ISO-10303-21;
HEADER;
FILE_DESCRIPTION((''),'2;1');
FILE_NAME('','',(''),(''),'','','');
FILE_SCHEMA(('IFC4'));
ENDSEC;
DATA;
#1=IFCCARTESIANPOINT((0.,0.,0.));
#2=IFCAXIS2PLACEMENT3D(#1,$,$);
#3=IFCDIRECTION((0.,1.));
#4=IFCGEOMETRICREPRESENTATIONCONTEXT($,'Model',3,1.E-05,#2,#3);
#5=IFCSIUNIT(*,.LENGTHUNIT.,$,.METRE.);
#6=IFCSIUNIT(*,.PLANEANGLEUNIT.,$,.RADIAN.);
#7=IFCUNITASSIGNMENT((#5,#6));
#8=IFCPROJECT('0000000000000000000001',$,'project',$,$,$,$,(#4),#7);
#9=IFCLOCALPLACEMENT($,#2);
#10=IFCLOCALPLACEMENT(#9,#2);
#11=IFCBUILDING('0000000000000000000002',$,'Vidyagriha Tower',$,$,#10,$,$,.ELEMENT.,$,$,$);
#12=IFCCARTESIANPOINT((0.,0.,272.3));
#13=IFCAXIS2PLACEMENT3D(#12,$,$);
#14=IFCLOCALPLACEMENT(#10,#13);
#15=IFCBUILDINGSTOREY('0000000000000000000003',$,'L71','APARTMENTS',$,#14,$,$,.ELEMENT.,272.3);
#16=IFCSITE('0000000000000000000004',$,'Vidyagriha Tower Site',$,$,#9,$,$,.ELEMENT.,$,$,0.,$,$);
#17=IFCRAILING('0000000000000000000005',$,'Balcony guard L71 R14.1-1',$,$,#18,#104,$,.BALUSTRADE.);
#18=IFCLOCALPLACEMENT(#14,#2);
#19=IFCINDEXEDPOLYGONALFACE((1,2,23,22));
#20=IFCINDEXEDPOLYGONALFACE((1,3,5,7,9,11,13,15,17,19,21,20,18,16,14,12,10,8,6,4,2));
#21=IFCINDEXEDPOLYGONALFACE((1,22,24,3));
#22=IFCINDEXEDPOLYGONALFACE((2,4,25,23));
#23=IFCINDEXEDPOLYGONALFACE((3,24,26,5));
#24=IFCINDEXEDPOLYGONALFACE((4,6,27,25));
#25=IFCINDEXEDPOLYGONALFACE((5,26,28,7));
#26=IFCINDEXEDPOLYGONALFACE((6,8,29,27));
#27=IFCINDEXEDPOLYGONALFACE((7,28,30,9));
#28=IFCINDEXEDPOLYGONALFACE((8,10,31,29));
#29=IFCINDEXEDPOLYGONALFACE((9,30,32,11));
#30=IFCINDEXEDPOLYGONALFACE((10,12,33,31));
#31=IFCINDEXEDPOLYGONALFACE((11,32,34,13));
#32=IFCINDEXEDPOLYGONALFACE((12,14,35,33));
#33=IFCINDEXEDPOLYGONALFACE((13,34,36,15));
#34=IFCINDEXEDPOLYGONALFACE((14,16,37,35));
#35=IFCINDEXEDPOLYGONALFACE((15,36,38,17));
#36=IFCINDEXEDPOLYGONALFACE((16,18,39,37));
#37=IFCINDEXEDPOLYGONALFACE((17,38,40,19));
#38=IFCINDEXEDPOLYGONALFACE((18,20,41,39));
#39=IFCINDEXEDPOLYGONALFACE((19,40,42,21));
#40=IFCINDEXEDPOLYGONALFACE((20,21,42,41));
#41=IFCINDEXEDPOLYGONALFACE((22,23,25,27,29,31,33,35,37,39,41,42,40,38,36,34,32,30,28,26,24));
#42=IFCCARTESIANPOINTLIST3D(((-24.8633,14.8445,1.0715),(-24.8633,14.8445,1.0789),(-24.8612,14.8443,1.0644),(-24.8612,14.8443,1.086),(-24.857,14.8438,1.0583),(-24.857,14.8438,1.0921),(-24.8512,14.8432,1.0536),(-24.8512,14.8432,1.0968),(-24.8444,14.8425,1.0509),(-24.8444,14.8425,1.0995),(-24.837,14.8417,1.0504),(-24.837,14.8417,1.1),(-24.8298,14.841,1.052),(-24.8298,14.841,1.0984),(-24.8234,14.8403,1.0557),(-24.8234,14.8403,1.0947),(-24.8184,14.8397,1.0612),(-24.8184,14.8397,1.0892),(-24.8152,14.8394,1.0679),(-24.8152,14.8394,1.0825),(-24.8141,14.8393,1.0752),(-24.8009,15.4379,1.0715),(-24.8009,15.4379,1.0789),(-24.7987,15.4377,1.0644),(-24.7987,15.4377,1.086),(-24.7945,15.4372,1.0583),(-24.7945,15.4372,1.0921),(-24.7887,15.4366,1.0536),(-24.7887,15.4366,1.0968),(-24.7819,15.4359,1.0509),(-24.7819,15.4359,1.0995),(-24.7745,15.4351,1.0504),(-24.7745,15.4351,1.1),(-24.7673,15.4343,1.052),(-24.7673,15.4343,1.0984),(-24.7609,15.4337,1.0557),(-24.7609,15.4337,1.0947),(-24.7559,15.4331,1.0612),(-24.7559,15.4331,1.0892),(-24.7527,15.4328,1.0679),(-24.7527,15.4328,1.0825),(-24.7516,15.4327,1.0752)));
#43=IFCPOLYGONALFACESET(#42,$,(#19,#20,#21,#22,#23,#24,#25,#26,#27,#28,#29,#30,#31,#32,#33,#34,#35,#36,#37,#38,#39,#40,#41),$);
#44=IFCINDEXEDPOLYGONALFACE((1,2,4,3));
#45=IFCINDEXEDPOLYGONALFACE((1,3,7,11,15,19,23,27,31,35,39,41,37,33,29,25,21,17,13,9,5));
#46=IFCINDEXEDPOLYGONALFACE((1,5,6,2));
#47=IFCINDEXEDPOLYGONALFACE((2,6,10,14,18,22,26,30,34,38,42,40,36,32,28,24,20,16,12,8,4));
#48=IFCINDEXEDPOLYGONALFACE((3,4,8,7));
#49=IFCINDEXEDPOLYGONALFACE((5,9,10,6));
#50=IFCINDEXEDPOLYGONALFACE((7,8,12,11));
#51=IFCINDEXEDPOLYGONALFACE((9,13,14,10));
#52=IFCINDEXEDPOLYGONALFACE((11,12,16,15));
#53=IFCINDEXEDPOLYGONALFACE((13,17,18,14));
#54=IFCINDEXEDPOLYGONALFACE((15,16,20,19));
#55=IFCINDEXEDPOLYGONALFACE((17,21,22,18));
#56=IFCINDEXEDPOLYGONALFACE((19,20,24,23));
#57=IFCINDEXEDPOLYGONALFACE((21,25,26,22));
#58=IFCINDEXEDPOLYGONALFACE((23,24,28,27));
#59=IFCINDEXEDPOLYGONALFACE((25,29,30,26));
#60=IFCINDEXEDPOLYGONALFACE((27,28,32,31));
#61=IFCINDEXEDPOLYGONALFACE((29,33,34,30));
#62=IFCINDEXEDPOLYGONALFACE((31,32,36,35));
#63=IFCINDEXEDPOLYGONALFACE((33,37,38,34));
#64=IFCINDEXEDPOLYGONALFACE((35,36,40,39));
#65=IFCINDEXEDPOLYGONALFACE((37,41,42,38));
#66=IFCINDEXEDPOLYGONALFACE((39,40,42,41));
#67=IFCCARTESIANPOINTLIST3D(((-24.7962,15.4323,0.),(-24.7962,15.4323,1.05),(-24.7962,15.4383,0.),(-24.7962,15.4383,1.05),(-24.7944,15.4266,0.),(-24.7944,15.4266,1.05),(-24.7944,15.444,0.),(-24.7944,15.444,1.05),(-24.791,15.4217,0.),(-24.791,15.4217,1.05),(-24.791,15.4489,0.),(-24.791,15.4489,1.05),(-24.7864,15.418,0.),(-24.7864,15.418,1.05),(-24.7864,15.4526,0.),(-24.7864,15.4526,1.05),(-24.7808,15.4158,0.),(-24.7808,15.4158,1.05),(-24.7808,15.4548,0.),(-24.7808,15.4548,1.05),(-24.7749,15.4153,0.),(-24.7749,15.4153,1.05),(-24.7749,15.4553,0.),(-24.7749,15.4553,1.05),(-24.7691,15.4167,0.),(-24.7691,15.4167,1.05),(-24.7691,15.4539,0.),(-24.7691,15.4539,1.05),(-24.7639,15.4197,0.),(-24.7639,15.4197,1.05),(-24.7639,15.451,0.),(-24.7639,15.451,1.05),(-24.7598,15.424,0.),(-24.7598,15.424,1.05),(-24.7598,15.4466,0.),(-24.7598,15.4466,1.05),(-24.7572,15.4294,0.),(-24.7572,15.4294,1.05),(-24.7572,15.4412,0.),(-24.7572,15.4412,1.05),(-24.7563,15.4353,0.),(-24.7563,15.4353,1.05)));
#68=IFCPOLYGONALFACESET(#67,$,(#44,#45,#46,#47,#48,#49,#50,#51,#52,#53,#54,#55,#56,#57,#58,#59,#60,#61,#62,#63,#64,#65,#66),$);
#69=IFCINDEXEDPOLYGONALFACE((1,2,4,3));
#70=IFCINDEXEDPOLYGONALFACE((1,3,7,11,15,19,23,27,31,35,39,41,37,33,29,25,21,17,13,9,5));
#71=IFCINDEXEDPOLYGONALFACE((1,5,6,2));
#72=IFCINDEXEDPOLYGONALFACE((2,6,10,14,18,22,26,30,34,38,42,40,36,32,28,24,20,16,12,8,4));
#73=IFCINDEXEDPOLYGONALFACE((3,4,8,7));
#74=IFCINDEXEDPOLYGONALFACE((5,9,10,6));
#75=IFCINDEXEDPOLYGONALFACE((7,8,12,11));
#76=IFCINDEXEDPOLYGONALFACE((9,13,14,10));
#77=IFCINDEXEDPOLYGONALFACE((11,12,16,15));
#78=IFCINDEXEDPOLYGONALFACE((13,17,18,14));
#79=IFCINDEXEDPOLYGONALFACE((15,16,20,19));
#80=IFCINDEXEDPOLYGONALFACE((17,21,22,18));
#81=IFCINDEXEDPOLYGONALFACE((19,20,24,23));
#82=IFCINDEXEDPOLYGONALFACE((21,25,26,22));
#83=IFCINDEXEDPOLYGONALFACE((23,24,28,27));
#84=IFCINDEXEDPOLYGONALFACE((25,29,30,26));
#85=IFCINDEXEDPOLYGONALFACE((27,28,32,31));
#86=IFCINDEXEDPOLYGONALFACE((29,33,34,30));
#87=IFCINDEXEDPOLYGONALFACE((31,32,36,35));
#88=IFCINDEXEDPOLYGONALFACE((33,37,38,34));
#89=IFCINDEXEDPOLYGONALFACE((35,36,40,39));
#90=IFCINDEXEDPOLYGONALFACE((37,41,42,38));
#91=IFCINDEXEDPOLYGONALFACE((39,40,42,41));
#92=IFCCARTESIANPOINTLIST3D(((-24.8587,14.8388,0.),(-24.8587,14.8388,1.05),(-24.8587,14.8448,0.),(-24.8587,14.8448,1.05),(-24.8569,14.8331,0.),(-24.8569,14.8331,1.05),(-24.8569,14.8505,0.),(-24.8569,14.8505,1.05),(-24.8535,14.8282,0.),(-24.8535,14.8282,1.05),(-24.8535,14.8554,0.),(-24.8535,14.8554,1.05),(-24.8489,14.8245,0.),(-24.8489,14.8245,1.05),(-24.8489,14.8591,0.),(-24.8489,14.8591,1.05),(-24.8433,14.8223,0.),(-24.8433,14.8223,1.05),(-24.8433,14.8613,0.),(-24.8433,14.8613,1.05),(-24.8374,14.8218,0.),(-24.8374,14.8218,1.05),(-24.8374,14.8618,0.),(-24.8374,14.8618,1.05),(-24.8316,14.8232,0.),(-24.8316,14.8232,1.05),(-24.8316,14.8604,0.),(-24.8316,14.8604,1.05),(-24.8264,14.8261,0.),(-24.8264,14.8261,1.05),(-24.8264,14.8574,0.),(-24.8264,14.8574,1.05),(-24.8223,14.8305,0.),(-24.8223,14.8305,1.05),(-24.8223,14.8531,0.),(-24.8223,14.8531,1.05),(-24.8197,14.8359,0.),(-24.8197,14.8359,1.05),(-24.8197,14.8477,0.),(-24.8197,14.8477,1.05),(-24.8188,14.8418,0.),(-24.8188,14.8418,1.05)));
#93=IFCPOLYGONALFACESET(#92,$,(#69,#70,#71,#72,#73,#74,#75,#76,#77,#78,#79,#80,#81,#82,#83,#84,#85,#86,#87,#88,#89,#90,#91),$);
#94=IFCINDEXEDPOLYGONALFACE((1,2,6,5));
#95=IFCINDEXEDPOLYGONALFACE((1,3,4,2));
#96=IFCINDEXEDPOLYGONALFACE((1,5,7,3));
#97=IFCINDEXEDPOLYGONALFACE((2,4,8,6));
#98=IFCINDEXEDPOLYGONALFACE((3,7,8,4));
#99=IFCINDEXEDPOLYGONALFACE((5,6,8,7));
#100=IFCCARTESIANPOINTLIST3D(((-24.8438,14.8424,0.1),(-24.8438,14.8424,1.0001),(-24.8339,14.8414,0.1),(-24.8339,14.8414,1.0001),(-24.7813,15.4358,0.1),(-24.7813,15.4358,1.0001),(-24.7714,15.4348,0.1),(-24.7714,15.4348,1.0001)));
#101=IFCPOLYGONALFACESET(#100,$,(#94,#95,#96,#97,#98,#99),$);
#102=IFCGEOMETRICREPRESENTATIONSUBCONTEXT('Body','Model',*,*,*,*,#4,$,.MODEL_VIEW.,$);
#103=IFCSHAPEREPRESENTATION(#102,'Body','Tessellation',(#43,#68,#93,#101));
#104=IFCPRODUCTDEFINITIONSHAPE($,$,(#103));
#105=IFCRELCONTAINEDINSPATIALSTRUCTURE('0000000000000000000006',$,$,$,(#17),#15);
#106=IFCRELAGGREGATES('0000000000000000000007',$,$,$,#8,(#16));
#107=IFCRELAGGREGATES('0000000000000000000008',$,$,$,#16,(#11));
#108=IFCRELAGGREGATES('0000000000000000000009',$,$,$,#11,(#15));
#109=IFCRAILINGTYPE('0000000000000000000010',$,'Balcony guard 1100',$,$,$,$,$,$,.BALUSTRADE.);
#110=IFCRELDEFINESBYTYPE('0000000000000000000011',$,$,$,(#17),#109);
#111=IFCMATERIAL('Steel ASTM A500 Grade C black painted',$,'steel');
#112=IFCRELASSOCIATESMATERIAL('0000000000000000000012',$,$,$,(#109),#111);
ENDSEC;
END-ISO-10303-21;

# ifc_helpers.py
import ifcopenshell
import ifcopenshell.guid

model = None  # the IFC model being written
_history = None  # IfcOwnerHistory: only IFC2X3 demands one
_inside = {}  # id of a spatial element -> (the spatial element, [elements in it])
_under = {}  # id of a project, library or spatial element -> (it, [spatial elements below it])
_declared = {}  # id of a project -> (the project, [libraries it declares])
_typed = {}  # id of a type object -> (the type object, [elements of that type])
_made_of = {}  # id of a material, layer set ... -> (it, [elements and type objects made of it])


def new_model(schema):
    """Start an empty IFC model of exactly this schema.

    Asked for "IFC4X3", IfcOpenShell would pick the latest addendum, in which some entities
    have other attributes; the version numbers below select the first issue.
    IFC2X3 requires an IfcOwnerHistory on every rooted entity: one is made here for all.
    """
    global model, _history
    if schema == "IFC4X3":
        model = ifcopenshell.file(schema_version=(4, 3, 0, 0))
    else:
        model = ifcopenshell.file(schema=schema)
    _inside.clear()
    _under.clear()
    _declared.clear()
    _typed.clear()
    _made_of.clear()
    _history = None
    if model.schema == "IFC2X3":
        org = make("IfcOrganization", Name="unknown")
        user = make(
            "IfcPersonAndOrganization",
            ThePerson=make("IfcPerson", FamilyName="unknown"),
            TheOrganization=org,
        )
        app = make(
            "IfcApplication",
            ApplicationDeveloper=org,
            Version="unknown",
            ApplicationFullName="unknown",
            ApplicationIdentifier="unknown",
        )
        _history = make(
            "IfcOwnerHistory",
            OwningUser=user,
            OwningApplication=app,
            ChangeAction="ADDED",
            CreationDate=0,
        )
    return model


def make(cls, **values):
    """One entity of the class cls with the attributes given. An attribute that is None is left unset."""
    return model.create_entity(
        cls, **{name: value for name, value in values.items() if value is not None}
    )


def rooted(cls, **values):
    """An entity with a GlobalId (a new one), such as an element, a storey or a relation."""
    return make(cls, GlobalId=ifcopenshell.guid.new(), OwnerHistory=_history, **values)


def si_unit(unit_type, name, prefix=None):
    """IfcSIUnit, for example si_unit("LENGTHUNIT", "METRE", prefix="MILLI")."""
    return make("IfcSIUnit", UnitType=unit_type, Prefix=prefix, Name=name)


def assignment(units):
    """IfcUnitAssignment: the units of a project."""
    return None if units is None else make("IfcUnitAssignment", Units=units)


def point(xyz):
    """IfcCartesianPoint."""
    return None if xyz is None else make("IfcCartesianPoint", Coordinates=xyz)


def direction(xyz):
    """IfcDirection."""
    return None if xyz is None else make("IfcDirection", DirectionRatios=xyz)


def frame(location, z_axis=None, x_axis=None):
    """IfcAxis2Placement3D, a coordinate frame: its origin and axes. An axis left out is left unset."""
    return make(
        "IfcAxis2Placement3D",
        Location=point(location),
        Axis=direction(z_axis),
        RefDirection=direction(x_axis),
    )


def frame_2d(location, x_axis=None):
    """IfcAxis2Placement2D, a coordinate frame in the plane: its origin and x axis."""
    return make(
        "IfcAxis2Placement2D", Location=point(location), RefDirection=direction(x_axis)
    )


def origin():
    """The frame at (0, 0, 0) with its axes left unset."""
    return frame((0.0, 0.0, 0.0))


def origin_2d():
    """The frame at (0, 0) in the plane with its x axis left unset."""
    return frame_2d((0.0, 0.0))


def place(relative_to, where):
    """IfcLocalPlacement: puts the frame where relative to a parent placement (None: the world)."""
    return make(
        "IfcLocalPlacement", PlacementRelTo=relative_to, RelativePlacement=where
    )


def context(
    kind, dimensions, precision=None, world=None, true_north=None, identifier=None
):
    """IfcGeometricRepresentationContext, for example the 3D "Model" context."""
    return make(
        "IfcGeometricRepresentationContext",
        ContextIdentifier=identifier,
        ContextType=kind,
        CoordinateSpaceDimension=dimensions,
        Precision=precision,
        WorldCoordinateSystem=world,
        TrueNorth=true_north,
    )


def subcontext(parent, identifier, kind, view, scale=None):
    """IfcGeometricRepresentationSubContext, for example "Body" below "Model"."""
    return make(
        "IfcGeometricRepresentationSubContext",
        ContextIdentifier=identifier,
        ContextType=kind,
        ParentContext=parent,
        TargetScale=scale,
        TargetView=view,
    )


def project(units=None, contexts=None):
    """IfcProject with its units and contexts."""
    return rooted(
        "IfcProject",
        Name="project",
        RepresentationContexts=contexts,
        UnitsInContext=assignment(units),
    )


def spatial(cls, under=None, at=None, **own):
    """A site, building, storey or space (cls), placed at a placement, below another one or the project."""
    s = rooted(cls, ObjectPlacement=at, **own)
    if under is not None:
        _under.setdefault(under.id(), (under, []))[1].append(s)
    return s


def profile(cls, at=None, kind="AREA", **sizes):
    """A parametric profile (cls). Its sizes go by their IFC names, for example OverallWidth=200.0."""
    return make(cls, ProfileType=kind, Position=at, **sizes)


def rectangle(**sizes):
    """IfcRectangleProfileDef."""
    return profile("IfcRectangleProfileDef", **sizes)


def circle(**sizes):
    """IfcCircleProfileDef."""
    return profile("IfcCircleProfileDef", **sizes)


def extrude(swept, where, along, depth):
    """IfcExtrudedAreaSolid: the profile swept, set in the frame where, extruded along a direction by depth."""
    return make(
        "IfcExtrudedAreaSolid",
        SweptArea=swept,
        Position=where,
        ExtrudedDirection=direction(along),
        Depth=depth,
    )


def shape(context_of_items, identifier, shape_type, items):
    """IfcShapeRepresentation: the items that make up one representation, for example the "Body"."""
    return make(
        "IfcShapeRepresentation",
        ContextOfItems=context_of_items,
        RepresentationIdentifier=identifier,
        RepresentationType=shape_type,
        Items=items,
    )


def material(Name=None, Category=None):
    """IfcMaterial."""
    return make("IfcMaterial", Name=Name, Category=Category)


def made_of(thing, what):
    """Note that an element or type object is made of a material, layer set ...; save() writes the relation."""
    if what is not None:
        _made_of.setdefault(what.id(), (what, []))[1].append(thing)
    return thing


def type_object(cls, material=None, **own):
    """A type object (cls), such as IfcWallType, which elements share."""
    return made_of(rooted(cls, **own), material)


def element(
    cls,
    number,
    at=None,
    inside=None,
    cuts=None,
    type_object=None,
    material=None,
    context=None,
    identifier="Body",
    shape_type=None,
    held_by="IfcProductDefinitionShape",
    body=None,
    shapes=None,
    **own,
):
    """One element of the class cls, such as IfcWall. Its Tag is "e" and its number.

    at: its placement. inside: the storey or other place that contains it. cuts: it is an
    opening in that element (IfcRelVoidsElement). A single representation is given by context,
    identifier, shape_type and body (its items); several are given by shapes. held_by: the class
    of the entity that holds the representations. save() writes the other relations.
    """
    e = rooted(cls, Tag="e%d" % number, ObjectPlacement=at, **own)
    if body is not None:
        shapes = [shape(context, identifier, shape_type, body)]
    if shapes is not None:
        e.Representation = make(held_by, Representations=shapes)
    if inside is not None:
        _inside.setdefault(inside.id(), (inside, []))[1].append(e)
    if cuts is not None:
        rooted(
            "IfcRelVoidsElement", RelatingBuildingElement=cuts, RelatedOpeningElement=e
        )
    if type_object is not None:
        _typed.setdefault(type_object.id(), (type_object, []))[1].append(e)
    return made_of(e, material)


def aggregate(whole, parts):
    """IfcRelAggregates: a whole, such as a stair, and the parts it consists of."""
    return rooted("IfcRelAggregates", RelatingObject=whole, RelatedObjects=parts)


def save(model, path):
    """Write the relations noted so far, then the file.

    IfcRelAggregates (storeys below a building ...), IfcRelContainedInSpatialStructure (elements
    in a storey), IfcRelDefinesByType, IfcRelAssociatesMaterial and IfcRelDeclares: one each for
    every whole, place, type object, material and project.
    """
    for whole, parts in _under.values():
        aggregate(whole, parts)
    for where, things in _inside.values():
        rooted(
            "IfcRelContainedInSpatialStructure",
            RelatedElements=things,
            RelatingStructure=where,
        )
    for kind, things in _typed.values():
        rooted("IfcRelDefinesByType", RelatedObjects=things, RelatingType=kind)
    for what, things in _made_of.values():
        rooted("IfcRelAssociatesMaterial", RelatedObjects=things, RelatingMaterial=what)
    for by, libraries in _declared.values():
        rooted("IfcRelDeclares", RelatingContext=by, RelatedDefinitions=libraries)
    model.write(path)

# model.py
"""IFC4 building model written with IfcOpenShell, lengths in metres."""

from ifc_helpers import new_model, si_unit, direction, frame, origin, origin_2d, place, context, subcontext, project, spatial, rectangle, circle, extrude, material, type_object, element, save


model = new_model("IFC4")

# Units and contexts
model_context = context("Model", 3, precision=1e-05, world=origin(), true_north=direction((0.0, 1.0)))
body_context = subcontext(model_context, "Body", "Model", "MODEL_VIEW")
ifc_project = project(units=[si_unit("LENGTHUNIT", "METRE"), si_unit("PLANEANGLEUNIT", "RADIAN")], contexts=[model_context])

# Site, building, storey
site_placement = place(None, origin())
site = spatial("IfcSite", under=ifc_project, at=site_placement, Name="Vidyagriha Tower Site", CompositionType="ELEMENT", RefElevation=0.0)
building_placement = place(site_placement, origin())
building = spatial("IfcBuilding", under=site, at=building_placement, Name="Vidyagriha Tower", CompositionType="ELEMENT")
storey_placement = place(building_placement, frame((0.0, 0.0, 272.3)))
storey = spatial("IfcBuildingStorey", under=building, at=storey_placement, Name="L71", Description="APARTMENTS", CompositionType="ELEMENT", Elevation=272.3)

# Railing
ifc_material_1 = material(Name="Steel ASTM A500 Grade C black painted", Category="steel")
railing_type_1 = type_object("IfcRailingType", Name="Balcony guard 1100", PredefinedType="BALUSTRADE", material=ifc_material_1)
railing_1_placement = place(storey_placement, frame((-24.7764, 15.4353, 0.0)))
element("IfcRailing", 1, at=railing_1_placement, inside=storey, type_object=railing_type_1, Name="Balcony guard L71 R14.1-1", PredefinedType="BALUSTRADE", context=body_context, shape_type="SweptSolid", body=[
    extrude(circle(Radius=0.0249, at=origin_2d()), frame((0.0, 0.0, 1.0752), z_axis=(-0.104727, -0.994501, 0.0), x_axis=(0.994501, -0.104727, 0.0)), (0.0, 0.0, 1.0), 0.5967),
    extrude(circle(Radius=0.02, at=origin_2d()), origin(), (0.0, 0.0, 1.0), 1.05),
    extrude(circle(Radius=0.02, at=origin_2d()), frame((-0.0625, -0.5935, 0.0)), (0.0, 0.0, 1.0), 1.05),
    extrude(rectangle(XDim=0.01, YDim=0.9001, at=origin_2d()), frame((0.0, 0.0, 0.55), z_axis=(-0.104727, -0.994501, 0.0), x_axis=(0.994501, -0.104727, 0.0)), (0.0, 0.0, 1.0), 0.5967),
])

save(model, "model.ifc")
